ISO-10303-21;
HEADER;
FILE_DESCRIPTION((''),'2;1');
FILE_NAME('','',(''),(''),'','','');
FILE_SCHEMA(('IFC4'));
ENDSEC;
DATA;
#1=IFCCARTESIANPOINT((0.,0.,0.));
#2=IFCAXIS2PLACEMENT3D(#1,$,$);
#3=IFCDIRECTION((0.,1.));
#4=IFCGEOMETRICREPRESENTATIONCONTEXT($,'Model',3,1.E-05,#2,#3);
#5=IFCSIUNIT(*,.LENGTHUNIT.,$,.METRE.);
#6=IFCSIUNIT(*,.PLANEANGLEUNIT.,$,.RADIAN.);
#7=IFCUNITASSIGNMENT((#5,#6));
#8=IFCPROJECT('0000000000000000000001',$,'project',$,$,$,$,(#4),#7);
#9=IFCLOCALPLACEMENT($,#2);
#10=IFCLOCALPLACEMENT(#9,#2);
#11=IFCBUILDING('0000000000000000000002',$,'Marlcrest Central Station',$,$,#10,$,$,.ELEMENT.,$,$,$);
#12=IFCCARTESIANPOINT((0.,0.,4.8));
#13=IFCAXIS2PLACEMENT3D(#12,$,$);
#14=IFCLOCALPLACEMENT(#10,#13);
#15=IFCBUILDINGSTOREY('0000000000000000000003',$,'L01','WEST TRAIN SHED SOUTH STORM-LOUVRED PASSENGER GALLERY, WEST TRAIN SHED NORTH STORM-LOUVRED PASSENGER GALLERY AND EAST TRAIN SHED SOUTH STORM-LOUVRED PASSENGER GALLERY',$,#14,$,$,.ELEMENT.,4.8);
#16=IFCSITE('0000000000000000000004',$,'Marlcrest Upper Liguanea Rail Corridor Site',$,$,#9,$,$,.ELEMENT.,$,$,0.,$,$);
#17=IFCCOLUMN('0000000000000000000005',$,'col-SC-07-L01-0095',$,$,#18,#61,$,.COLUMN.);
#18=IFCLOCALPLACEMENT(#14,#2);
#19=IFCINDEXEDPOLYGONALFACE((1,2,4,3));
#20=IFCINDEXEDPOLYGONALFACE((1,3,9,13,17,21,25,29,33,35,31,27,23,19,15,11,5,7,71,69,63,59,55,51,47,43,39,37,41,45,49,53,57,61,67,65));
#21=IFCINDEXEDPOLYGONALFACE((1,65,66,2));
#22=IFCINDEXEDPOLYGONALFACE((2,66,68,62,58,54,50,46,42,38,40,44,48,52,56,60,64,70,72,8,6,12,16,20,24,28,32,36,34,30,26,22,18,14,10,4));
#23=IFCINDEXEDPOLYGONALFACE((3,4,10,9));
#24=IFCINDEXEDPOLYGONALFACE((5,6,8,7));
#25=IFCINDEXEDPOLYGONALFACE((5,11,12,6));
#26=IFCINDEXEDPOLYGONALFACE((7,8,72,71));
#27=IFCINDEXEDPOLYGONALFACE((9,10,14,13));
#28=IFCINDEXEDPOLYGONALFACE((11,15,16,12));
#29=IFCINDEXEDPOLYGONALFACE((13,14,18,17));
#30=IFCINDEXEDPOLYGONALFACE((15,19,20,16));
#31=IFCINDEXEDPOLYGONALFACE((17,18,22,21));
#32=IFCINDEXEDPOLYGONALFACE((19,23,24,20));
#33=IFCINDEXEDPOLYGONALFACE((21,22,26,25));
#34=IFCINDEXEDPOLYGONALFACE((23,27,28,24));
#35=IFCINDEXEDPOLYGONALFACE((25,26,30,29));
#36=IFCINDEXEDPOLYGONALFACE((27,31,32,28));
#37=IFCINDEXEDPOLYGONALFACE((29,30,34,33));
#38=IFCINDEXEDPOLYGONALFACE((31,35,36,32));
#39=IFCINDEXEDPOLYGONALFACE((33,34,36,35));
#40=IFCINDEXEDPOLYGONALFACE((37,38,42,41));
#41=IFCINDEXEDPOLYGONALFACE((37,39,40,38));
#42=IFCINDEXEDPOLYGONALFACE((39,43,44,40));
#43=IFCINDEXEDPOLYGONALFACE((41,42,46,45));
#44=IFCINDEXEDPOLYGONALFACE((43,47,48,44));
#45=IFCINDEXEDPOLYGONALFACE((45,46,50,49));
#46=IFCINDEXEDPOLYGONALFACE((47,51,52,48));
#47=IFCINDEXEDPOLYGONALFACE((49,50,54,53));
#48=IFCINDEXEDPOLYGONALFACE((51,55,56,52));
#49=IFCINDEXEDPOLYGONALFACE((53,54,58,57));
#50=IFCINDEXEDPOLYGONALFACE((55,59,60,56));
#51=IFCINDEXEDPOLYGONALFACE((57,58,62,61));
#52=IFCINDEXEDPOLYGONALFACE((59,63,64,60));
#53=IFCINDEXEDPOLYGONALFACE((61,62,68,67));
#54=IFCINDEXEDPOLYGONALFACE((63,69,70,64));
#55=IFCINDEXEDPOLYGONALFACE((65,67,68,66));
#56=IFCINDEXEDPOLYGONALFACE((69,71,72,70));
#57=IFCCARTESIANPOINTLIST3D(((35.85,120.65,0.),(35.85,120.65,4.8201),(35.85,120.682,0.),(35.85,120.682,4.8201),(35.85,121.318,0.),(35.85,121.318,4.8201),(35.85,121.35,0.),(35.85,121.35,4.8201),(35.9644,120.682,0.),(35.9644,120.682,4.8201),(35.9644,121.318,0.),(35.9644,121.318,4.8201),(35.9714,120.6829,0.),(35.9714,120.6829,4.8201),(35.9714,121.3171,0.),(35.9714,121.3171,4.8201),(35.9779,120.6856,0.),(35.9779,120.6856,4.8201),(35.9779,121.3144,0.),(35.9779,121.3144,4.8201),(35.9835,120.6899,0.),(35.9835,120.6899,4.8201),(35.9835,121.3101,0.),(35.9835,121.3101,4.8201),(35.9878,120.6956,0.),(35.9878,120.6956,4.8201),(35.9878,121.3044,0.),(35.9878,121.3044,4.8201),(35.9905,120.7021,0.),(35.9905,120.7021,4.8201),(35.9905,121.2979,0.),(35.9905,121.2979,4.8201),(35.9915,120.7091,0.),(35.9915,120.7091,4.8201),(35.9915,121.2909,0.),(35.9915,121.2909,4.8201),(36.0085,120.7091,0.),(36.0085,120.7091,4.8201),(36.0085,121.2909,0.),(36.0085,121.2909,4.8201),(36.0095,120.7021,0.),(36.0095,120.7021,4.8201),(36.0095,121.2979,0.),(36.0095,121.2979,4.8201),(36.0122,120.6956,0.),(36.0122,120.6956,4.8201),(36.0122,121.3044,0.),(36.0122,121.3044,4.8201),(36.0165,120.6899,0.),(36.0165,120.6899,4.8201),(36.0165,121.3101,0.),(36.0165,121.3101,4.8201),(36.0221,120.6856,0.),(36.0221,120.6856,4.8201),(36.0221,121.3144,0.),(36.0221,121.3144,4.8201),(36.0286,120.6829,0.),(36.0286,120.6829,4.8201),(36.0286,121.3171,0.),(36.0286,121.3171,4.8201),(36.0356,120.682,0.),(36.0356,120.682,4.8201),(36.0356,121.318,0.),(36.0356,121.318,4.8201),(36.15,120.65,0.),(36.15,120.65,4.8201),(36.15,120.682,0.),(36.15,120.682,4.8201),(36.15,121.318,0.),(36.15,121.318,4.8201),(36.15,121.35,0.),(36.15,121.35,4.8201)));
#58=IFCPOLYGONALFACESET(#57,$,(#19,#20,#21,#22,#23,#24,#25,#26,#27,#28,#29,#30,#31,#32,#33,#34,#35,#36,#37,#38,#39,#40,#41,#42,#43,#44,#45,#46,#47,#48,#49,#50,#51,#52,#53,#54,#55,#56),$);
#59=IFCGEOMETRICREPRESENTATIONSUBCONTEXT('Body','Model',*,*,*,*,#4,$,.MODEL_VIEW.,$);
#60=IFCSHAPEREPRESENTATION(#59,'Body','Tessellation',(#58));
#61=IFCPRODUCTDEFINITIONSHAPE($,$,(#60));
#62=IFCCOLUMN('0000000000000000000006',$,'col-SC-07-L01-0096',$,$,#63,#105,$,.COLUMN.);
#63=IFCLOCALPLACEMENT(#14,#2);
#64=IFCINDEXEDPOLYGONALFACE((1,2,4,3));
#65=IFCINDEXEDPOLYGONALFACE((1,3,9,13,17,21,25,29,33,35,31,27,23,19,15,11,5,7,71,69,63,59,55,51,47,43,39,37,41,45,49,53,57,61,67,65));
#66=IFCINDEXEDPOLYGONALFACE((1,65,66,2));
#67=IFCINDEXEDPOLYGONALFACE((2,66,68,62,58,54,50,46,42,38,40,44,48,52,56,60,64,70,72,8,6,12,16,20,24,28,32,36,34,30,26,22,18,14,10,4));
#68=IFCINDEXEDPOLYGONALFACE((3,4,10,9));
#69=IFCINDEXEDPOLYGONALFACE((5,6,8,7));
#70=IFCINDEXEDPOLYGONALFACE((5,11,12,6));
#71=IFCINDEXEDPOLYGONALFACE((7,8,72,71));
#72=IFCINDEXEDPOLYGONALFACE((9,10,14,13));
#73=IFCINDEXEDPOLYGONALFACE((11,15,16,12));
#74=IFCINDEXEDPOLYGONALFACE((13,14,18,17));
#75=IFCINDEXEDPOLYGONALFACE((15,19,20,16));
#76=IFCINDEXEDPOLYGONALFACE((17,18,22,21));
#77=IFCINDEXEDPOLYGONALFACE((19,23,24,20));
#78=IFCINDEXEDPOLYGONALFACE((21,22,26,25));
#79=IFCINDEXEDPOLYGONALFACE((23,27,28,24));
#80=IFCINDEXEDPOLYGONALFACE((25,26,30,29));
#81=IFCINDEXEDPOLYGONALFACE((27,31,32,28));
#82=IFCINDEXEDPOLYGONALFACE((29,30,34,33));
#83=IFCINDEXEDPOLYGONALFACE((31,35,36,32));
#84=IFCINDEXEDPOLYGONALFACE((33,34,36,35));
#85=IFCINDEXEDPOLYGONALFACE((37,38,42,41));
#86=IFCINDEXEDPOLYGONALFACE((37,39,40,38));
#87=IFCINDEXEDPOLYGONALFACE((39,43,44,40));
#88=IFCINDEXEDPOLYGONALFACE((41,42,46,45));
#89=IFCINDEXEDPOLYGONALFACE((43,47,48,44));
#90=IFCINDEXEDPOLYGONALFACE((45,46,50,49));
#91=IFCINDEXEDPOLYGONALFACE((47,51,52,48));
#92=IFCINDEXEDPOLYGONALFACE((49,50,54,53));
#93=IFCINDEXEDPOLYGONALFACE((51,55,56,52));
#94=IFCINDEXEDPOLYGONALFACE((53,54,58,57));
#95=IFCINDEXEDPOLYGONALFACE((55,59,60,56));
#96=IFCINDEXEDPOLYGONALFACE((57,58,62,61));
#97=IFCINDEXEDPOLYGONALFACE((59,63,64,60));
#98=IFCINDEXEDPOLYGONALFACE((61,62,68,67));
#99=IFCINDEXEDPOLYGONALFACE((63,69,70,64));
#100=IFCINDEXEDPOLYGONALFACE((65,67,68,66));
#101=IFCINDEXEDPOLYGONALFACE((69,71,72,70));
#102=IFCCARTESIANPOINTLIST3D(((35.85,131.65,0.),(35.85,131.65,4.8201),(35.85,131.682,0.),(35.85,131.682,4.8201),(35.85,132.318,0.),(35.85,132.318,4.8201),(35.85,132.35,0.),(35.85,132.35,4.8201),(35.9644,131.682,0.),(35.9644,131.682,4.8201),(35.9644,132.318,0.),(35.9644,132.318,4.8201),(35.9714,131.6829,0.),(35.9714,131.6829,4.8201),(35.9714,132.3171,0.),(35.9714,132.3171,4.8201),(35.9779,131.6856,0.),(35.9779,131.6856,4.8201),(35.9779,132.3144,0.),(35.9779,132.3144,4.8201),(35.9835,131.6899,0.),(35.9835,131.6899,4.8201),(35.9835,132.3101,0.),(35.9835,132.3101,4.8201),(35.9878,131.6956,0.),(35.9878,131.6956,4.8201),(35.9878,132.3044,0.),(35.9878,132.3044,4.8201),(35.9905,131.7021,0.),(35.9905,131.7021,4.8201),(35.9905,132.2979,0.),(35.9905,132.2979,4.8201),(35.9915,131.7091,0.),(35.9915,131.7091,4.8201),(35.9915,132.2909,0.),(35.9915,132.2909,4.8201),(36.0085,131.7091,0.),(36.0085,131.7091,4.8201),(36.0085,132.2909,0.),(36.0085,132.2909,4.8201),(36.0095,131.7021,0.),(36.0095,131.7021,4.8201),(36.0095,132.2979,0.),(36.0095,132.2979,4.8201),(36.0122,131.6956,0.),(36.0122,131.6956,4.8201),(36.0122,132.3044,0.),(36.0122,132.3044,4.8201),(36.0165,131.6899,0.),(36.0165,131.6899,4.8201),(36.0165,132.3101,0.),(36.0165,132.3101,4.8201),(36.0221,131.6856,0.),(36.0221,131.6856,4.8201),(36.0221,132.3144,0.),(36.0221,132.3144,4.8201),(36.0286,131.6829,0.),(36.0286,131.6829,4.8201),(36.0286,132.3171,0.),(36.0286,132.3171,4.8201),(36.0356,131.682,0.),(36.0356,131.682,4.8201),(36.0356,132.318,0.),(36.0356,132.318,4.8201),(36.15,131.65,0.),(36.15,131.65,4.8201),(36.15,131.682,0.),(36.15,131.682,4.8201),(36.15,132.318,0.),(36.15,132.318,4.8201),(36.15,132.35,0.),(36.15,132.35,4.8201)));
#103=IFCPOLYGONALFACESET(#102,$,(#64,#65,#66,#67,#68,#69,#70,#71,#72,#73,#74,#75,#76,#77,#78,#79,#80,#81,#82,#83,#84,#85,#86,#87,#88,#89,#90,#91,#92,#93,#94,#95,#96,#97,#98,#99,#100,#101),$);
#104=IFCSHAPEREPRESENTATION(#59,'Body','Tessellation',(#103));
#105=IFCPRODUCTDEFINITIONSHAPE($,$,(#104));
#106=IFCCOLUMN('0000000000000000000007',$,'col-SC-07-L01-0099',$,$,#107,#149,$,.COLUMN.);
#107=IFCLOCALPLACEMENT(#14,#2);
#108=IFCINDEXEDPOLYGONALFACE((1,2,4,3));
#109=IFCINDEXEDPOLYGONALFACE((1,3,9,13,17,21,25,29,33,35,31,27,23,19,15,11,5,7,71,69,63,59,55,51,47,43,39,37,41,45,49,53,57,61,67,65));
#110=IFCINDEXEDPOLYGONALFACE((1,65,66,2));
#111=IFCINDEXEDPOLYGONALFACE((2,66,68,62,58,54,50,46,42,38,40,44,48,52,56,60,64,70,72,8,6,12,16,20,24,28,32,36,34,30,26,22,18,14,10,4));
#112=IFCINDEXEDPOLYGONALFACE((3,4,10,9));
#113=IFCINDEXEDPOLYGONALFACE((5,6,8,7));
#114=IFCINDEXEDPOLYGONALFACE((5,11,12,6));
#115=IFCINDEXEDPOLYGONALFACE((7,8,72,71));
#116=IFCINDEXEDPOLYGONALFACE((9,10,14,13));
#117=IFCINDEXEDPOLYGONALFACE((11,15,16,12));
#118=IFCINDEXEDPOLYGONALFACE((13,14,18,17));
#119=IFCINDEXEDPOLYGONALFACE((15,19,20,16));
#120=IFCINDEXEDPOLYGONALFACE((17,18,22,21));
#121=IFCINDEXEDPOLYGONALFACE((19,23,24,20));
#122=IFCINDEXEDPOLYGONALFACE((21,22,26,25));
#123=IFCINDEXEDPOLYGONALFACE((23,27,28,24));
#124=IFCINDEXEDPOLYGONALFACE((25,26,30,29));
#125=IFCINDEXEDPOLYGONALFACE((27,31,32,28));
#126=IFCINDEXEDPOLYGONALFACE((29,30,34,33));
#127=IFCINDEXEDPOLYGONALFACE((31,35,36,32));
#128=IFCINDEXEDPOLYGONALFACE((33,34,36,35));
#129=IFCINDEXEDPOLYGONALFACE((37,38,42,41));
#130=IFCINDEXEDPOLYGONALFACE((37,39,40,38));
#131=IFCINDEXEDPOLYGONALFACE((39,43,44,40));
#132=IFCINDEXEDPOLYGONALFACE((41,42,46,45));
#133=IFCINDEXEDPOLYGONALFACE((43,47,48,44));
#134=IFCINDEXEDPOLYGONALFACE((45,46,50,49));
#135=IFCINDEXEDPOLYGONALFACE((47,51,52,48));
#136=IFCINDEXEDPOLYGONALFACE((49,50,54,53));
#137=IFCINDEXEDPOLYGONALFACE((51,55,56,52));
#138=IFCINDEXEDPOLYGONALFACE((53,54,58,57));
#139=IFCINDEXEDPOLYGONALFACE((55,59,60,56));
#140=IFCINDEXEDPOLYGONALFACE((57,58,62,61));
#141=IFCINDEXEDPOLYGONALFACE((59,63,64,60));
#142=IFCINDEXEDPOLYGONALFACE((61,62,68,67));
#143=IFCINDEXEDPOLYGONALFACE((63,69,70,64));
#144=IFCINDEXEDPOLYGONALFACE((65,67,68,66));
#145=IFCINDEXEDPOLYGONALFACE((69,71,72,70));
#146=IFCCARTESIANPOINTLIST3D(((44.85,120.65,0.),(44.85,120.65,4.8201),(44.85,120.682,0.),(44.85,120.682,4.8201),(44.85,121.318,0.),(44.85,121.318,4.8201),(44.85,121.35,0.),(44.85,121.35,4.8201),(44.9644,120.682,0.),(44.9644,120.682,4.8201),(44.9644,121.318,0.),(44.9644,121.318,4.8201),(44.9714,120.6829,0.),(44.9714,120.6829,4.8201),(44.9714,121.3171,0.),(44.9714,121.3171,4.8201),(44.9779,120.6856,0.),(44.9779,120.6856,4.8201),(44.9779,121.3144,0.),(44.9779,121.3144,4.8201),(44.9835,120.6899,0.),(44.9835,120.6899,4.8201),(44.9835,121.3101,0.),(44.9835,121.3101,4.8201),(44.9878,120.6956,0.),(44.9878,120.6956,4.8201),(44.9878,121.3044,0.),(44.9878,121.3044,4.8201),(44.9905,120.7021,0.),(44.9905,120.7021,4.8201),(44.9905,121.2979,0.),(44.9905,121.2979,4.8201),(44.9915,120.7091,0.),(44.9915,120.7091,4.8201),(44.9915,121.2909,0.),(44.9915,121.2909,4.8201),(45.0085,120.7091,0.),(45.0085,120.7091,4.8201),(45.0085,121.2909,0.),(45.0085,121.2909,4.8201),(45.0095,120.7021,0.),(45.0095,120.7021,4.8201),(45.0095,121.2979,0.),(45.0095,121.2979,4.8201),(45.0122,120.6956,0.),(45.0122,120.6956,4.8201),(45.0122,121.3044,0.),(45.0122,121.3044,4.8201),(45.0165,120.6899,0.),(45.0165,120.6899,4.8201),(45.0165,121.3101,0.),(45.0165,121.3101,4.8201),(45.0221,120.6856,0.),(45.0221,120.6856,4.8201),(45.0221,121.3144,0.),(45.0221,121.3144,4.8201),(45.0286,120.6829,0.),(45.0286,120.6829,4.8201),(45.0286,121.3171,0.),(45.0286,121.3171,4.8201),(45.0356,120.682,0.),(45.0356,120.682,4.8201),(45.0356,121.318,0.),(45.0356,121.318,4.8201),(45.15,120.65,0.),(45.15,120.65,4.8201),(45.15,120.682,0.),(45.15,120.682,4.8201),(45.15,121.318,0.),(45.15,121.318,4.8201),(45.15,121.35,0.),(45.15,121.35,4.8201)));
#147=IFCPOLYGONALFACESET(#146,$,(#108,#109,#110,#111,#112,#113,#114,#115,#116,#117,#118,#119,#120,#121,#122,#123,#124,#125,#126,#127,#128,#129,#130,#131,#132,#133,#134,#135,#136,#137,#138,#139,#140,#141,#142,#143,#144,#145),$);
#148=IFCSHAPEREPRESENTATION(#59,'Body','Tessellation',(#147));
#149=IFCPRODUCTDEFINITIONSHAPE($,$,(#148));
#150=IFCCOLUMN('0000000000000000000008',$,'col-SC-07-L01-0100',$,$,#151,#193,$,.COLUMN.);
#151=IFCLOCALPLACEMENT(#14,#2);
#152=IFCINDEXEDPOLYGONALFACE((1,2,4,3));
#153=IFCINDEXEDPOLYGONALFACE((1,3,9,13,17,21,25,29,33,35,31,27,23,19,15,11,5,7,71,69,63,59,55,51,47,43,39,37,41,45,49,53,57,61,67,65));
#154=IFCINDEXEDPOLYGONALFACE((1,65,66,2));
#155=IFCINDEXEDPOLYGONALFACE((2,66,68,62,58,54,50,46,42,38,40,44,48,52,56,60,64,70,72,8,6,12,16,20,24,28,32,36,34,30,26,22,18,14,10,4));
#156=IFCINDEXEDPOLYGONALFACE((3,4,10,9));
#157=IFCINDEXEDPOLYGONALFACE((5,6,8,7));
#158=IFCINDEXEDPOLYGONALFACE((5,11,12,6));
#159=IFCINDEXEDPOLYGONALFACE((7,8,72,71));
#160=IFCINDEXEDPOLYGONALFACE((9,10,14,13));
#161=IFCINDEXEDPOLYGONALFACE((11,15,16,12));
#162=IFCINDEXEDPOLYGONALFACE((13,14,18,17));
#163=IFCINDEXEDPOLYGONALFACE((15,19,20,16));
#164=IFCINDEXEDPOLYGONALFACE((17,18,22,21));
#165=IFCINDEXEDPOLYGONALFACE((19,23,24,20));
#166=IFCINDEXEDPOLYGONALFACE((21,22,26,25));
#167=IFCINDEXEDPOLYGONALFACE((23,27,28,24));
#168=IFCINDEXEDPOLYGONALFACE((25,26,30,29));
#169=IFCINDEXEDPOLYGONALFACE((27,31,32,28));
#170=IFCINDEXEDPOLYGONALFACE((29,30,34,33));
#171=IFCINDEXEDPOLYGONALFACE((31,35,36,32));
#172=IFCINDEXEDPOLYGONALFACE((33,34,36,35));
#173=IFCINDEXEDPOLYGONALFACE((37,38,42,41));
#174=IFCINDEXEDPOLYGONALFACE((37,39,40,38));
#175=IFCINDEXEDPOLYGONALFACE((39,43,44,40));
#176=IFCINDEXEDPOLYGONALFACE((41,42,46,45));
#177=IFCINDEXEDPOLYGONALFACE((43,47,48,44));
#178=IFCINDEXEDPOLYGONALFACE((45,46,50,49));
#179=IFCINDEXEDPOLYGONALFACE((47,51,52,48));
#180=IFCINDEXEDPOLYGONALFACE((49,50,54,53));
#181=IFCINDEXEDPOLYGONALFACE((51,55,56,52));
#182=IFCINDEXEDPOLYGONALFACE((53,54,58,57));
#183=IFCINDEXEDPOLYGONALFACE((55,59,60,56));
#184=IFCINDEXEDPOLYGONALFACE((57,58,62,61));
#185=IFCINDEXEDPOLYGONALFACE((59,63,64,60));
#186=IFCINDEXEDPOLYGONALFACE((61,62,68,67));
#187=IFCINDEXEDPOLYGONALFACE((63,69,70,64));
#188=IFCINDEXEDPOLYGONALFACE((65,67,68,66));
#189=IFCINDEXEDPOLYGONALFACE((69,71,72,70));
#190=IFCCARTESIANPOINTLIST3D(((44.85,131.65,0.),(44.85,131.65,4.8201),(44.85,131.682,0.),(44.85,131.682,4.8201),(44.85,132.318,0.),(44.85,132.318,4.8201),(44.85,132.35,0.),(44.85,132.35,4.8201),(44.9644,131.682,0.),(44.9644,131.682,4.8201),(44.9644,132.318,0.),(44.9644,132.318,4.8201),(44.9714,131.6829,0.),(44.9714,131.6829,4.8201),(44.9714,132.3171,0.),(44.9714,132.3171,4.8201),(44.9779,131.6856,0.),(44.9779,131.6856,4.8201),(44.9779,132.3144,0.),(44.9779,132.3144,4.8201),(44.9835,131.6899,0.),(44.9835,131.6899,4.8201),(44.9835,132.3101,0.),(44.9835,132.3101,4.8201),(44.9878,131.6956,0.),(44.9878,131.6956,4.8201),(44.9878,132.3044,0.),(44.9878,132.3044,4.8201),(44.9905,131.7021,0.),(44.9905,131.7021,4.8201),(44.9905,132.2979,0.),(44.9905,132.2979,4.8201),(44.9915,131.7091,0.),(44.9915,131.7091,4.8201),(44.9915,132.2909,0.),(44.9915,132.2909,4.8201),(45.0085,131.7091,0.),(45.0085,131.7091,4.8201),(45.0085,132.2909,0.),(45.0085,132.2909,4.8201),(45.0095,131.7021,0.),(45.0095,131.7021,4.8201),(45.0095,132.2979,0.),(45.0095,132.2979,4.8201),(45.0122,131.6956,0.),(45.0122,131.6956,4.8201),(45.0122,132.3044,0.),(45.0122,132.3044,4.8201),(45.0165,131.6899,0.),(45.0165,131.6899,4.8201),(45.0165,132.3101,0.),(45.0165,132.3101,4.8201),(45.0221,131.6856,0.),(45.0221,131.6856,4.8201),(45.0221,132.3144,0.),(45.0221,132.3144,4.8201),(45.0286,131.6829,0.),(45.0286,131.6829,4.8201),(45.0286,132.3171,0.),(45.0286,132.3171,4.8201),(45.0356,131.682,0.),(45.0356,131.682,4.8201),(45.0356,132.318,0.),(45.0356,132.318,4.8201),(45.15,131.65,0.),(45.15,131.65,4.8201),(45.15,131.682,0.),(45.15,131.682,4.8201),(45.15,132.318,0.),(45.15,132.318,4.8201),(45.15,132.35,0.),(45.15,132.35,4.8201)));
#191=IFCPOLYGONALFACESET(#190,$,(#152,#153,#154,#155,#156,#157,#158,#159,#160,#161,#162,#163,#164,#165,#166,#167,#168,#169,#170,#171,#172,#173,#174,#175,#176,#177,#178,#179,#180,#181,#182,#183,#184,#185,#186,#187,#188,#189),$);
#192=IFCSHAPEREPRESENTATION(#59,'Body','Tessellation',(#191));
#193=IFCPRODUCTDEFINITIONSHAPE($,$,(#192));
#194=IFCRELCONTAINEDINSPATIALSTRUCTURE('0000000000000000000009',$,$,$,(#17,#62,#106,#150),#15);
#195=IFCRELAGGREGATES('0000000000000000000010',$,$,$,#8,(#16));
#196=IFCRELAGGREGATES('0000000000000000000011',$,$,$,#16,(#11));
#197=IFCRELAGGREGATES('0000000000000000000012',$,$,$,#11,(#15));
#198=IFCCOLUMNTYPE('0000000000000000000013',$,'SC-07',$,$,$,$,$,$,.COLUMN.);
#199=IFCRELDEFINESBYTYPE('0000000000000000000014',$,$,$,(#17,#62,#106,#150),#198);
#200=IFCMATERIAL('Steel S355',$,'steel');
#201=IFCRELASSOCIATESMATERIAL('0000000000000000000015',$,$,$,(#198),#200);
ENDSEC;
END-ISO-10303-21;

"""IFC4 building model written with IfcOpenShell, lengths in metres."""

from ifc_helpers import new_model, si_unit, direction, frame, origin, origin_2d, place, context, subcontext, project, spatial, i_section, extrude, material, material_profile, profile_set, type_object, element, save


model = new_model("IFC4")

# Units and contexts
model_context = context("Model", 3, precision=1e-05, world=origin(), true_north=direction((0.0, 1.0)))
body_context = subcontext(model_context, "Body", "Model", "MODEL_VIEW")
ifc_project = project(units=[si_unit("LENGTHUNIT", "METRE"), si_unit("PLANEANGLEUNIT", "RADIAN")], contexts=[model_context])

# Site, building, storey
site_placement = place(None, origin())
site = spatial("IfcSite", under=ifc_project, at=site_placement, Name="Marlcrest Upper Liguanea Rail Corridor Site", CompositionType="ELEMENT", RefElevation=0.0)
building_placement = place(site_placement, origin())
building = spatial("IfcBuilding", under=site, at=building_placement, Name="Marlcrest Central Station", CompositionType="ELEMENT")
storey_placement = place(building_placement, frame((0.0, 0.0, 4.8)))
storey = spatial("IfcBuildingStorey", under=building, at=storey_placement, Name="L01", Description="WEST TRAIN SHED SOUTH STORM-LOUVRED PASSENGER GALLERY, WEST TRAIN SHED NORTH STORM-LOUVRED PASSENGER GALLERY AND EAST TRAIN SHED SOUTH STORM-LOUVRED PASSENGER GALLERY", CompositionType="ELEMENT", Elevation=4.8)

# Columns
ifc_material_1 = material(Name="Steel S355", Category="steel")
ifc_material_profile_1 = material_profile(ifc_material_1, i_section(OverallWidth=0.3, OverallDepth=0.7, WebThickness=0.0171, FlangeThickness=0.032, FilletRadius=0.0271, at=origin_2d()), Name="HEB 700")
ifc_profile_set_1 = profile_set([ifc_material_profile_1], Name="Steel S355")
column_type = type_object("IfcColumnType", Name="SC-07", PredefinedType="COLUMN", material=ifc_profile_set_1)
for number, where, z_axis, x_axis, name in (
    (1, (36.0, 121.0, 0.0), (0.0, 0.0, 1.0), (1.0, 0.0, 0.0), "col-SC-07-L01-0095"),
    (2, (36.0, 132.0, 0.0), (0.0, 0.0, 1.0), (1.0, 0.0, 0.0), "col-SC-07-L01-0096"),
    (3, (45.0, 121.0, 0.0), (0.0, 0.0, 1.0), (1.0, 0.0, 0.0), "col-SC-07-L01-0099"),
    (4, (45.0, 132.0, 0.0), (0.0, 0.0, 1.0), (1.0, 0.0, 0.0), "col-SC-07-L01-0100"),
):
    element("IfcColumn", number, at=place(storey_placement, frame(where, z_axis=z_axis, x_axis=x_axis)), inside=storey, type_object=column_type, Name=name, PredefinedType="COLUMN", context=body_context, shape_type="SweptSolid", body=[
        extrude(i_section(OverallWidth=0.3, OverallDepth=0.7, WebThickness=0.0171, FlangeThickness=0.032, FilletRadius=0.0271, at=origin_2d()), origin(), (0.0, 0.0, 1.0), 4.8201),
    ])

save(model, "model.ifc")
